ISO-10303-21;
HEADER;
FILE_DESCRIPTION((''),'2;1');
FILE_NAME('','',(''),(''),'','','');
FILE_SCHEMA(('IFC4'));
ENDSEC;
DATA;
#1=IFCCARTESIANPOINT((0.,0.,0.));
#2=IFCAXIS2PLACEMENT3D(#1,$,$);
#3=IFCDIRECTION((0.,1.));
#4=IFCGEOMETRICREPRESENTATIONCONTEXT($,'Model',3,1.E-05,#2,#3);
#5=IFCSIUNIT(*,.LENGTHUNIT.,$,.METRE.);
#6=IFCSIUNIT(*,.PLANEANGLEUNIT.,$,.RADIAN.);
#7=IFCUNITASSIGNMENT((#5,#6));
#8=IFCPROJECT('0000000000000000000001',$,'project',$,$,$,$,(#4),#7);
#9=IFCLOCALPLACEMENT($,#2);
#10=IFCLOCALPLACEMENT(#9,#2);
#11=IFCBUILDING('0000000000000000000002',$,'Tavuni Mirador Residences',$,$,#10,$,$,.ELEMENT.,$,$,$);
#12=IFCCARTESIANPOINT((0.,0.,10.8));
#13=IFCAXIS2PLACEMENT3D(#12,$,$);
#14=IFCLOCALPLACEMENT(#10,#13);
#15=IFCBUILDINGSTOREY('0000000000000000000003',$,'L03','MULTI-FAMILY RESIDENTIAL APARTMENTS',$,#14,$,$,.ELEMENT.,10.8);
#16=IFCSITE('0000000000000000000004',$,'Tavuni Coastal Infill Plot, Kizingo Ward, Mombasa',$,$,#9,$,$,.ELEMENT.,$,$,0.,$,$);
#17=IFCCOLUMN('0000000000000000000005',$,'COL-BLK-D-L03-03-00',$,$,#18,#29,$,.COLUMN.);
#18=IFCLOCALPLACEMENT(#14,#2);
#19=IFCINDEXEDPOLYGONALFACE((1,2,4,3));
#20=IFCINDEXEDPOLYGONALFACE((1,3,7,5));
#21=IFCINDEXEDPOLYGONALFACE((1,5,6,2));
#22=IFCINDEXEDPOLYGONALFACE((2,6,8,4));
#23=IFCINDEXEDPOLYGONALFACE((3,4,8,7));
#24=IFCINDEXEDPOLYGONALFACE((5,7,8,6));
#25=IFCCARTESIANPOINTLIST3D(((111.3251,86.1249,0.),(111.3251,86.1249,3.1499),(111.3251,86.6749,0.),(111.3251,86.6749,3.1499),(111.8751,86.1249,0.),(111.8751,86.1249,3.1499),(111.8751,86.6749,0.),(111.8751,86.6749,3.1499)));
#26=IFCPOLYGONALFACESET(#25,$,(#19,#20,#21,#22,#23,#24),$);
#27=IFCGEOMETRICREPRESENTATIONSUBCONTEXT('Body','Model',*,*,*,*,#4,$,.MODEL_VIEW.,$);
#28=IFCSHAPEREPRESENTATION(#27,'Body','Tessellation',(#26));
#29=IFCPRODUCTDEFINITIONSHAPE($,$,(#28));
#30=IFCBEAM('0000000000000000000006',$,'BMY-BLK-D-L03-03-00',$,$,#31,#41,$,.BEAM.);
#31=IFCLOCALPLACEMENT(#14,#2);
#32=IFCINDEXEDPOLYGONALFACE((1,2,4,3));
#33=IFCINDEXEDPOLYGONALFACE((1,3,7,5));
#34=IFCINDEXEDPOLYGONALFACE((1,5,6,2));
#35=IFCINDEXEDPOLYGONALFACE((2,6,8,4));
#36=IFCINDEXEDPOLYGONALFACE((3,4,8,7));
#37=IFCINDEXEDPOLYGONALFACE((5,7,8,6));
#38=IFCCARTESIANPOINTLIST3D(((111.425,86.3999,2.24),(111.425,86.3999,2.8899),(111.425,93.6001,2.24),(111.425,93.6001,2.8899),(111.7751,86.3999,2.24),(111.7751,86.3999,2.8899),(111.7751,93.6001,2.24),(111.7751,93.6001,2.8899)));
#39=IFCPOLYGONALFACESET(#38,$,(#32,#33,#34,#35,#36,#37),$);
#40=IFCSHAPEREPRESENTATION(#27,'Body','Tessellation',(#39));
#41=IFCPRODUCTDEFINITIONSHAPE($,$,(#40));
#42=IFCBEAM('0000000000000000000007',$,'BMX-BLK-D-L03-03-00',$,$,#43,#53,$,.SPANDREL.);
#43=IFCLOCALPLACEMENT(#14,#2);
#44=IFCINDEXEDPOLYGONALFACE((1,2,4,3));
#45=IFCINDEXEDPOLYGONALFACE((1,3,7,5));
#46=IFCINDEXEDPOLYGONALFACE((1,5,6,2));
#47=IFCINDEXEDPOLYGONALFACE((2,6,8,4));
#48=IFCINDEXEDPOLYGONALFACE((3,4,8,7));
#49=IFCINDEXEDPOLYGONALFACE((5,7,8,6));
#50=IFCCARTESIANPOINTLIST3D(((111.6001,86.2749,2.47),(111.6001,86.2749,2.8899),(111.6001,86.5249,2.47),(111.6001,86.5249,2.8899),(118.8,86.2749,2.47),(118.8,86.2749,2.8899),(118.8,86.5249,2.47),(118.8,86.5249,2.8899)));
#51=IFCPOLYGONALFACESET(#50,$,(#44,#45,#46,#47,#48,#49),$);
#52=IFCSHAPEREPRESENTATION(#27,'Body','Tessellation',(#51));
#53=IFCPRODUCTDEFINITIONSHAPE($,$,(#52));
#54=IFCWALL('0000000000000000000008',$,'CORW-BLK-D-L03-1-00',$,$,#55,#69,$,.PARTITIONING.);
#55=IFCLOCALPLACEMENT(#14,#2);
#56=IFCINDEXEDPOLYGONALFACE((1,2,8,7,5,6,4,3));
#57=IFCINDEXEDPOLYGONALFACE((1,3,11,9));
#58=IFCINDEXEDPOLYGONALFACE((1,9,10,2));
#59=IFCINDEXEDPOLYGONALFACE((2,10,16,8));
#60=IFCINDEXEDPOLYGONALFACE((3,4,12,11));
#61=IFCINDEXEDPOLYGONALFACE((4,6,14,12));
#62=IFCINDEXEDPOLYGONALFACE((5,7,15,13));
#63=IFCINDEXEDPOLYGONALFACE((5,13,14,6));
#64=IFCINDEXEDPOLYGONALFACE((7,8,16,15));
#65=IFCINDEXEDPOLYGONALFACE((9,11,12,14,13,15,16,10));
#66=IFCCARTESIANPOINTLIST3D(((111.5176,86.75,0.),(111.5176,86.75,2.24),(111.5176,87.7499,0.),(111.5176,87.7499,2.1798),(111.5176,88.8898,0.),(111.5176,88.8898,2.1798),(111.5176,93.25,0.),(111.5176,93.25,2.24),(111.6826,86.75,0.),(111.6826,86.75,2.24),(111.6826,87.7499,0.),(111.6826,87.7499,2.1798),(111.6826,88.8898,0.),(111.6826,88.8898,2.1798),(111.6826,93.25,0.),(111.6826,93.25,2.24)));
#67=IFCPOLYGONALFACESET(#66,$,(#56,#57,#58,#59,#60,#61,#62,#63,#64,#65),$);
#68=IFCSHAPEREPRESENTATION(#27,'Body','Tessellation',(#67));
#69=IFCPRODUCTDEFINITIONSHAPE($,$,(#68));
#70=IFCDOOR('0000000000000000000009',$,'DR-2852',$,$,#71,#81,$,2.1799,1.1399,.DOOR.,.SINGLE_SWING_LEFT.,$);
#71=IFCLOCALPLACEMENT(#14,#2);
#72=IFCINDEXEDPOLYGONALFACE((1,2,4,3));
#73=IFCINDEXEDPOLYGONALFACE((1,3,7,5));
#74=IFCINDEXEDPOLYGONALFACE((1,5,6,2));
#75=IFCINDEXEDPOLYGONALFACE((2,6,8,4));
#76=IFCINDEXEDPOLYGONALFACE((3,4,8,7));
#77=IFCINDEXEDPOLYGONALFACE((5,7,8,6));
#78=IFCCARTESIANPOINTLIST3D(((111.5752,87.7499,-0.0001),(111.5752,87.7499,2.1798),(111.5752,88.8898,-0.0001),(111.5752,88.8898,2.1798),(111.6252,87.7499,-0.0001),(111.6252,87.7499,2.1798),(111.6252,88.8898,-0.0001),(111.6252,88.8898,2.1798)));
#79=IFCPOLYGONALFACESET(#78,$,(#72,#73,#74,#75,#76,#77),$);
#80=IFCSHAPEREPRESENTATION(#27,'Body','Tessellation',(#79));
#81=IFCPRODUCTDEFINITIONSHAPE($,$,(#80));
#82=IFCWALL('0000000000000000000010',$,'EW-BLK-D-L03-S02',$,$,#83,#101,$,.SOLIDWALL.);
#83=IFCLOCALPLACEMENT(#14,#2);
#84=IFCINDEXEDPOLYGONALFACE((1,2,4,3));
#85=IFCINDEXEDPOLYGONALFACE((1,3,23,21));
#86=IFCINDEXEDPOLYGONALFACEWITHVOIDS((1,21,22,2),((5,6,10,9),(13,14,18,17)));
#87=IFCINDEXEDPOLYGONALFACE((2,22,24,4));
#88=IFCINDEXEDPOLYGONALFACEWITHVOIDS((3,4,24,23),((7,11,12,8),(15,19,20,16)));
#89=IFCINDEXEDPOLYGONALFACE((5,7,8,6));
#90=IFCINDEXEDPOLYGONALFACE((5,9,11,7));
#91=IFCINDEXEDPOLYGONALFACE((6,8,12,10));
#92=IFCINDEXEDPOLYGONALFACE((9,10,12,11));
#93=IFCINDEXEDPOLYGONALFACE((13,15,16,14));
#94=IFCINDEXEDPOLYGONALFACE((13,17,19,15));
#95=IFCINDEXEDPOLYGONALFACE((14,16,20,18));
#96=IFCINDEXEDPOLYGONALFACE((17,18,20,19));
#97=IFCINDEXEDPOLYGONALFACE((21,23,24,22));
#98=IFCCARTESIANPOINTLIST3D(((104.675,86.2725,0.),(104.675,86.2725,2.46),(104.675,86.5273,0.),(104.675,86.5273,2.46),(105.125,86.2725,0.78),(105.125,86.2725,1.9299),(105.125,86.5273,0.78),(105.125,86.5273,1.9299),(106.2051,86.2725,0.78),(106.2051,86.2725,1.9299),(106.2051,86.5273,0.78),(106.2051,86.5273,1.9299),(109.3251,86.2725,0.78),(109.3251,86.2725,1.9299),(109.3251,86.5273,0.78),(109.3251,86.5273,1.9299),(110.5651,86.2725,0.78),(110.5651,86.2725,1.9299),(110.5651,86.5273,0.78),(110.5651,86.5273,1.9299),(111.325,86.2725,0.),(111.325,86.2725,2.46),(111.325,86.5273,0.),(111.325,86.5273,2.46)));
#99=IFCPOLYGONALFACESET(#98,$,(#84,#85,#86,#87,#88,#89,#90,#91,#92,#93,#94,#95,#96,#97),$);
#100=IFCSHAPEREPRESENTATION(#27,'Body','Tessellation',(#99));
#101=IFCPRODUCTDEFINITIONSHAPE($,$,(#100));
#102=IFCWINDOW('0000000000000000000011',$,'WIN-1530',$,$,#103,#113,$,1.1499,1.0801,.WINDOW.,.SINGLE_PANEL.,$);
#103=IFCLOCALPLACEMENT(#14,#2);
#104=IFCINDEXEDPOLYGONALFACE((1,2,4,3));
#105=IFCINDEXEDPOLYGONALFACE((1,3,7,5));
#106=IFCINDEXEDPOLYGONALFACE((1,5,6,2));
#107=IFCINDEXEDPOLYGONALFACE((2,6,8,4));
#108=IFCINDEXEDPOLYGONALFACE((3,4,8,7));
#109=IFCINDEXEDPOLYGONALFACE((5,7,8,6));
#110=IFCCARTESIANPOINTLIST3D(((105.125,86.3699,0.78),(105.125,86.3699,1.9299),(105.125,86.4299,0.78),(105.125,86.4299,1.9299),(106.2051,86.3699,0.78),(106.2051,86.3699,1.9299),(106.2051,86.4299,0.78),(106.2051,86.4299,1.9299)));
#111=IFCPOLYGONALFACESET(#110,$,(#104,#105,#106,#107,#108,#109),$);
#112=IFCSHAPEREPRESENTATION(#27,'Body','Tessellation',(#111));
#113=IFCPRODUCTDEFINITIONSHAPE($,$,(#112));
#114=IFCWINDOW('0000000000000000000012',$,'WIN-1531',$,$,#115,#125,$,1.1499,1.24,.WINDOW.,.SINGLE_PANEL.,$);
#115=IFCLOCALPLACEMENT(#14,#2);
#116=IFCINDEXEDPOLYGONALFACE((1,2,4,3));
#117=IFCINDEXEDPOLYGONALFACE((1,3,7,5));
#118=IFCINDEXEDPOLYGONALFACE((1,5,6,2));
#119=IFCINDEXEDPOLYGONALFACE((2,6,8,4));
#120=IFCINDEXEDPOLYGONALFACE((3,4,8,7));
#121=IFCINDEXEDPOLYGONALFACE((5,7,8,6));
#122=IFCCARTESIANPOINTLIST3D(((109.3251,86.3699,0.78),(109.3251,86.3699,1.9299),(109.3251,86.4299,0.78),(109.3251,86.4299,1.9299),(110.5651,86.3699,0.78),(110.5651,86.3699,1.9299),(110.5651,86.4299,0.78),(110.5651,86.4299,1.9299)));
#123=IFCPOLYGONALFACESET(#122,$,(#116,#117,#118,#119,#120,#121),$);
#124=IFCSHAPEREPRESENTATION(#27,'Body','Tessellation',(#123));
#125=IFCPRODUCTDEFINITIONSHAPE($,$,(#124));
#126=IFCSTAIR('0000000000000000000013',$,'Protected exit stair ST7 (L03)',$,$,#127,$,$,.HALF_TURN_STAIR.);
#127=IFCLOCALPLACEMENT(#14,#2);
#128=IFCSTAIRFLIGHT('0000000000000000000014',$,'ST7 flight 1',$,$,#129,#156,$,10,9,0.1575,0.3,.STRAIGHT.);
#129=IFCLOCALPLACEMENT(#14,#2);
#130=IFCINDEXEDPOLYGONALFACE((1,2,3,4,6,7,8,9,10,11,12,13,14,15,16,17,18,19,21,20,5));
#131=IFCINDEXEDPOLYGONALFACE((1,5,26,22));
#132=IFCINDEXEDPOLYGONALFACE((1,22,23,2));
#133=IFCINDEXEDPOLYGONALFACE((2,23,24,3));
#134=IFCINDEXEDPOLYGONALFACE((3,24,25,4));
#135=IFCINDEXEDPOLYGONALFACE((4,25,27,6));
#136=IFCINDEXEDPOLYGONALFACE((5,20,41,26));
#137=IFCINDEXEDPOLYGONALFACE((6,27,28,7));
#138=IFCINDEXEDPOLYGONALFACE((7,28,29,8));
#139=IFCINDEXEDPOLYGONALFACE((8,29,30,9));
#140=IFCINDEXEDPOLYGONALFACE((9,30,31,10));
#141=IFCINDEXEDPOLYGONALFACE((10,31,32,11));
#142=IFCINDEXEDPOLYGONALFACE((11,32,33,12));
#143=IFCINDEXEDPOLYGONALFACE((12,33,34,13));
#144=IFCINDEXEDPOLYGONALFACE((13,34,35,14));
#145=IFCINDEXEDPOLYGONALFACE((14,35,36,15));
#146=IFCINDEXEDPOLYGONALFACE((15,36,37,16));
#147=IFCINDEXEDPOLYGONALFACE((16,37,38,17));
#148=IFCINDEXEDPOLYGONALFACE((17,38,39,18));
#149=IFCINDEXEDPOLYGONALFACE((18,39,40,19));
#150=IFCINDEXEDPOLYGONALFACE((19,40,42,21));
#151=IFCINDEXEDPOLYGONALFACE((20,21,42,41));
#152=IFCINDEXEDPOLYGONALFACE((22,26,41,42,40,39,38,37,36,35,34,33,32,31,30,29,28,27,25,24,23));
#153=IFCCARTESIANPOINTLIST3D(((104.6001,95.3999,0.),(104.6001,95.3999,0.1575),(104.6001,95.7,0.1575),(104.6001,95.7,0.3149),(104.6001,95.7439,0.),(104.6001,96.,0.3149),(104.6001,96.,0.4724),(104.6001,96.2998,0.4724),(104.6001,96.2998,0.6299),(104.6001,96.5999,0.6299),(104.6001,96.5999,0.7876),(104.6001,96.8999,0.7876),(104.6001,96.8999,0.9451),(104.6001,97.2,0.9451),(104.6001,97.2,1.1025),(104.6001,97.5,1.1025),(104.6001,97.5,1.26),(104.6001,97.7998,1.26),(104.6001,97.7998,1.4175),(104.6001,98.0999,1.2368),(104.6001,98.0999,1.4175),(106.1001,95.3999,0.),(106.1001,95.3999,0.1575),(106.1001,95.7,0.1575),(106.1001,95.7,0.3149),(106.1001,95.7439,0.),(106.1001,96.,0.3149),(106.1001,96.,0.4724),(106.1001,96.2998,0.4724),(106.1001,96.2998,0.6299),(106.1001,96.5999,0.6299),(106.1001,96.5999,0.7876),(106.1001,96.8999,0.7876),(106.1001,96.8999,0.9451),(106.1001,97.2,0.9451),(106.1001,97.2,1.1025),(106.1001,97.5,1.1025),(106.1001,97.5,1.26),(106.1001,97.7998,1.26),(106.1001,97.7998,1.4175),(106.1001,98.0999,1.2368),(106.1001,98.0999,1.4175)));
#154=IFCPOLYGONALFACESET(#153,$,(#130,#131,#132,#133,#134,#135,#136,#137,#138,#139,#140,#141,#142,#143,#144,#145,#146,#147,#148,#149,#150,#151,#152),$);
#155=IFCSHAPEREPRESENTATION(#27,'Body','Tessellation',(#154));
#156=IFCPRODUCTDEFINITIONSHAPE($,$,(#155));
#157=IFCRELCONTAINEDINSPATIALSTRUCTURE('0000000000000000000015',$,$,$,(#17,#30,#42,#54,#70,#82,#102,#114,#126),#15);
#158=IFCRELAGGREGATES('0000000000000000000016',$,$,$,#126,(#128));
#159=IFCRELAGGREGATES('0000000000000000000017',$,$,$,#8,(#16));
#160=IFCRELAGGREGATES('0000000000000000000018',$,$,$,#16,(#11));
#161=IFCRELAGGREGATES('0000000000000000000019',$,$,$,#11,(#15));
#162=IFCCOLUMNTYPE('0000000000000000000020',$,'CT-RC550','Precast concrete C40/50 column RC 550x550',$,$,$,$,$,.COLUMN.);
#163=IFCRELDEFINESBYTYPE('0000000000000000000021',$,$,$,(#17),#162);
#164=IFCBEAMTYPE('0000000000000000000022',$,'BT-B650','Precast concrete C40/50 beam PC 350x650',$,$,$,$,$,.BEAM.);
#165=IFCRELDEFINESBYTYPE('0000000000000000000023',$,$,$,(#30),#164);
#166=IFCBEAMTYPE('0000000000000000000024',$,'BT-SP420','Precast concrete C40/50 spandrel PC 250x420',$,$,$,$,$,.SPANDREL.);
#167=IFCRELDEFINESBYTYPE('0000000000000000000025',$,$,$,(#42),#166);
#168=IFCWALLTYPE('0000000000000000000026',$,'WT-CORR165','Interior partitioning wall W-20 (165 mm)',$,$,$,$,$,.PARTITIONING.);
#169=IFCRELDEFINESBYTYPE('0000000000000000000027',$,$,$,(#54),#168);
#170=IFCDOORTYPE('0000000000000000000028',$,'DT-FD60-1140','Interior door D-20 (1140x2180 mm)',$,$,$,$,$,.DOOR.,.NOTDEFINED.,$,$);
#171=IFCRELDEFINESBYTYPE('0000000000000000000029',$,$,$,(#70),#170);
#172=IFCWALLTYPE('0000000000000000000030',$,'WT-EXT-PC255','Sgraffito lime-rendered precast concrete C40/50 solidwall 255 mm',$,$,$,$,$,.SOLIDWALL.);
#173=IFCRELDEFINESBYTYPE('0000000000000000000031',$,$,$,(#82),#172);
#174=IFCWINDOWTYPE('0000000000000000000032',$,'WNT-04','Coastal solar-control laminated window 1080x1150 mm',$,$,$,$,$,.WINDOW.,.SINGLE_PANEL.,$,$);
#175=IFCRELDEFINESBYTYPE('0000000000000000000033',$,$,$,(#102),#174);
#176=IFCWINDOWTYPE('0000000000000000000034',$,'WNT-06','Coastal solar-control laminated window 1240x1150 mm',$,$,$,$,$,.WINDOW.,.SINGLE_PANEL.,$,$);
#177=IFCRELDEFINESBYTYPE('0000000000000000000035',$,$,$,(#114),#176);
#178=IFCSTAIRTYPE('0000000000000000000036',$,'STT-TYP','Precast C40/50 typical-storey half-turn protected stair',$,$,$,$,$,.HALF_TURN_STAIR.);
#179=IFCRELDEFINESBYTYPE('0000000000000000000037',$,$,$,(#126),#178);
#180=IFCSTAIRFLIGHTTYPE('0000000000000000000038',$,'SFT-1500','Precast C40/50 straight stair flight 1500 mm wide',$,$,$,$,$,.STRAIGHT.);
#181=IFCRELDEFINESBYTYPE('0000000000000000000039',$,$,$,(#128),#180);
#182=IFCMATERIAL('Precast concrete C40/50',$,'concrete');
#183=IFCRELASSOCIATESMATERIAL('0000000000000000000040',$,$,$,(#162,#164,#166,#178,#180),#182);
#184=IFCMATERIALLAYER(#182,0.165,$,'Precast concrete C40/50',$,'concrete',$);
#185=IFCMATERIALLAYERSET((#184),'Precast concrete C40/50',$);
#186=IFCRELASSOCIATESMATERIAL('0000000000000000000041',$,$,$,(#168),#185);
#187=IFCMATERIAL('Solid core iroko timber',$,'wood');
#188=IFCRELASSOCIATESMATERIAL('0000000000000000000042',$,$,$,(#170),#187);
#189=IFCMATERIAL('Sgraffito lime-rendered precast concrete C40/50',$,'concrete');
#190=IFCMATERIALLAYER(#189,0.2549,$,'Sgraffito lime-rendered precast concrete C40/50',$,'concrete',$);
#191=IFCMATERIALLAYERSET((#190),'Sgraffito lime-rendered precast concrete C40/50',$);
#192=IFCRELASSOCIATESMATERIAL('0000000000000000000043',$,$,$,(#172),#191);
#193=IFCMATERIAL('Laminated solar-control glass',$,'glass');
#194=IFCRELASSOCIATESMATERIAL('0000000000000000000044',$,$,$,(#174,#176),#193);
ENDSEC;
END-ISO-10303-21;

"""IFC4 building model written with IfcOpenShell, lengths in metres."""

from ifc_helpers import new_model, si_unit, direction, frame, frame_2d, origin, origin_2d, place, context, subcontext, project, spatial, polyline, rectangle, outline, extrude, material, layer, layer_set, material_profile, profile_set, type_object, element, fill, aggregate, save


model = new_model("IFC4")

# Units and contexts
model_context = context("Model", 3, precision=1e-05, world=origin(), true_north=direction((0.0, 1.0)))
body_context = subcontext(model_context, "Body", "Model", "MODEL_VIEW")
ifc_project = project(units=[si_unit("LENGTHUNIT", "METRE"), si_unit("PLANEANGLEUNIT", "RADIAN")], contexts=[model_context])

# Site, building, storey
site_placement = place(None, origin())
site = spatial("IfcSite", under=ifc_project, at=site_placement, Name="Tavuni Coastal Infill Plot, Kizingo Ward, Mombasa", CompositionType="ELEMENT", RefElevation=0.0)
building_placement = place(site_placement, origin())
building = spatial("IfcBuilding", under=site, at=building_placement, Name="Tavuni Mirador Residences", CompositionType="ELEMENT")
storey_placement = place(building_placement, frame((0.0, 0.0, 10.8)))
storey = spatial("IfcBuildingStorey", under=building, at=storey_placement, Name="L03", Description="MULTI-FAMILY RESIDENTIAL APARTMENTS", CompositionType="ELEMENT", Elevation=10.8)

# Column
ifc_material_1 = material(Name="Precast concrete C40/50", Category="concrete")
ifc_material_profile_1 = material_profile(ifc_material_1, rectangle(XDim=0.55, YDim=0.55, at=origin_2d()), Name="RC 550x550", Category="concrete")
ifc_profile_set_1 = profile_set([ifc_material_profile_1], Name="Precast concrete C40/50")
column_type = type_object("IfcColumnType", Name="CT-RC550", Description="Precast concrete C40/50 column RC 550x550", PredefinedType="COLUMN", material=ifc_profile_set_1)
column_placement = place(storey_placement, frame((111.6001, 86.3999, 0.0), z_axis=(0.0, 0.0, 1.0), x_axis=(1.0, 0.0, 0.0)))
element("IfcColumn", 1, at=column_placement, inside=storey, type_object=column_type, Name="COL-BLK-D-L03-03-00", PredefinedType="COLUMN", context=body_context, shape_type="SweptSolid", body=[
    extrude(rectangle(XDim=0.55, YDim=0.55, at=origin_2d()), origin(), (0.0, 0.0, 1.0), 3.1499),
])

# Beams
ifc_material_profile_2 = material_profile(ifc_material_1, rectangle(XDim=0.3501, YDim=0.6499, at=origin_2d()), Name="PC 350x650", Category="concrete")
ifc_profile_set_2 = profile_set([ifc_material_profile_2], Name="Precast concrete C40/50")
beam_type_1 = type_object("IfcBeamType", Name="BT-B650", Description="Precast concrete C40/50 beam PC 350x650", PredefinedType="BEAM", material=ifc_profile_set_2)
beam_1_placement = place(storey_placement, frame((111.6001, 86.3999, 2.5649), z_axis=(0.0, 1.0, 0.0), x_axis=(-1.0, 0.0, 0.0)))
element("IfcBeam", 2, at=beam_1_placement, inside=storey, type_object=beam_type_1, Name="BMY-BLK-D-L03-03-00", PredefinedType="BEAM", context=body_context, shape_type="SweptSolid", body=[
    extrude(rectangle(XDim=0.3501, YDim=0.6499, at=origin_2d()), origin(), (0.0, 0.0, 1.0), 7.2002),
])
ifc_material_profile_3 = material_profile(ifc_material_1, rectangle(XDim=0.25, YDim=0.4199, at=origin_2d()), Name="PC 250x420", Category="concrete")
ifc_profile_set_3 = profile_set([ifc_material_profile_3], Name="Precast concrete C40/50")
beam_type_2 = type_object("IfcBeamType", Name="BT-SP420", Description="Precast concrete C40/50 spandrel PC 250x420", PredefinedType="SPANDREL", material=ifc_profile_set_3)
beam_2_placement = place(storey_placement, frame((111.6001, 86.3999, 2.6799), z_axis=(1.0, 0.0, 0.0), x_axis=(0.0, 1.0, 0.0)))
element("IfcBeam", 3, at=beam_2_placement, inside=storey, type_object=beam_type_2, Name="BMX-BLK-D-L03-03-00", PredefinedType="SPANDREL", context=body_context, shape_type="SweptSolid", body=[
    extrude(rectangle(XDim=0.25, YDim=0.4199, at=origin_2d()), origin(), (0.0, 0.0, 1.0), 7.2),
])

# Wall, opening, door
ifc_material_2 = material(Name="Solid core iroko timber", Category="wood")
ifc_layer_1 = layer(ifc_material_1, 0.165, Name="Precast concrete C40/50", Category="concrete")
ifc_layer_set_1 = layer_set([ifc_layer_1], Name="Precast concrete C40/50")
wall_type_1 = type_object("IfcWallType", Name="WT-CORR165", Description="Interior partitioning wall W-20 (165 mm)", PredefinedType="PARTITIONING", material=ifc_layer_set_1)
wall_1_placement = place(storey_placement, frame((111.6001, 86.75, 0.0), z_axis=(0.0, 0.0, 1.0), x_axis=(0.0, 1.0, 0.0)))
wall_1 = element("IfcWall", 4, at=wall_1_placement, inside=storey, type_object=wall_type_1, Name="CORW-BLK-D-L03-1-00", PredefinedType="PARTITIONING", context=body_context, shape_type="SweptSolid", body=[
    extrude(rectangle(XDim=6.5, YDim=0.165, at=frame_2d((3.25, 0.0))), origin(), (0.0, 0.0, 1.0), 2.24),
])
opening_1_placement = place(wall_1_placement, frame((1.0, 0.0, 0.0)))
opening_1 = element("IfcOpeningElement", 5, at=opening_1_placement, cuts=wall_1, PredefinedType="OPENING", context=body_context, shape_type="SweptSolid", body=[
    extrude(rectangle(XDim=1.1399, YDim=2.1799, at=frame_2d((0.5698, 1.0898))), frame((0.0, 0.0925, 0.0), z_axis=(0.0, -1.0, 0.0), x_axis=(1.0, 0.0, 0.0)), (0.0, 0.0, 1.0), 0.1851),
])
door_type_1 = type_object("IfcDoorType", Name="DT-FD60-1140", Description="Interior door D-20 (1140x2180 mm)", OperationType="NOTDEFINED", PredefinedType="DOOR", material=ifc_material_2)
door_1_placement = place(opening_1_placement, origin())
door_1 = element("IfcDoor", 6, at=door_1_placement, inside=storey, type_object=door_type_1, Name="DR-2852", OperationType="SINGLE_SWING_LEFT", OverallHeight=2.1799, OverallWidth=1.1399, PredefinedType="DOOR", context=body_context, shape_type="SweptSolid", body=[
    extrude(rectangle(XDim=1.1399, YDim=2.1799, at=frame_2d((0.5698, 1.0898))), frame((0.0, 0.0249, 0.0), z_axis=(0.0, -1.0, 0.0), x_axis=(1.0, 0.0, 0.0)), (0.0, 0.0, 1.0), 0.05),
])
fill(opening_1, door_1)

# Wall, openings, windows
ifc_material_3 = material(Name="Sgraffito lime-rendered precast concrete C40/50", Category="concrete")
ifc_layer_2 = layer(ifc_material_3, 0.2549, Name="Sgraffito lime-rendered precast concrete C40/50", Category="concrete")
ifc_layer_set_2 = layer_set([ifc_layer_2], Name="Sgraffito lime-rendered precast concrete C40/50")
wall_type_2 = type_object("IfcWallType", Name="WT-EXT-PC255", Description="Sgraffito lime-rendered precast concrete C40/50 solidwall 255 mm", PredefinedType="SOLIDWALL", material=ifc_layer_set_2)
wall_2_placement = place(storey_placement, frame((104.675, 86.3999, 0.0), z_axis=(0.0, 0.0, 1.0), x_axis=(1.0, 0.0, 0.0)))
wall_2 = element("IfcWall", 7, at=wall_2_placement, inside=storey, type_object=wall_type_2, Name="EW-BLK-D-L03-S02", PredefinedType="SOLIDWALL", context=body_context, shape_type="SweptSolid", body=[
    extrude(rectangle(XDim=6.6499, YDim=0.2549, at=frame_2d((3.325, 0.0))), origin(), (0.0, 0.0, 1.0), 2.46),
])
opening_2_placement = place(wall_2_placement, frame((0.45, 0.0, 0.78)))
opening_2 = element("IfcOpeningElement", 8, at=opening_2_placement, cuts=wall_2, PredefinedType="OPENING", context=body_context, shape_type="SweptSolid", body=[
    extrude(rectangle(XDim=1.0801, YDim=1.1499, at=frame_2d((0.54, 0.575))), frame((0.0, 0.1375, 0.0), z_axis=(0.0, -1.0, 0.0), x_axis=(1.0, 0.0, 0.0)), (0.0, 0.0, 1.0), 0.2749),
])
opening_3_placement = place(wall_2_placement, frame((4.6499, 0.0, 0.78)))
opening_3 = element("IfcOpeningElement", 9, at=opening_3_placement, cuts=wall_2, PredefinedType="OPENING", context=body_context, shape_type="SweptSolid", body=[
    extrude(rectangle(XDim=1.24, YDim=1.1499, at=frame_2d((0.6201, 0.575))), frame((0.0, 0.1375, 0.0), z_axis=(0.0, -1.0, 0.0), x_axis=(1.0, 0.0, 0.0)), (0.0, 0.0, 1.0), 0.2749),
])
ifc_material_4 = material(Name="Laminated solar-control glass", Category="glass")
window_type_1 = type_object("IfcWindowType", Name="WNT-04", Description="Coastal solar-control laminated window 1080x1150 mm", PartitioningType="SINGLE_PANEL", PredefinedType="WINDOW", material=ifc_material_4)
window_1_placement = place(opening_2_placement, origin())
window_1 = element("IfcWindow", 10, at=window_1_placement, inside=storey, type_object=window_type_1, Name="WIN-1530", OverallHeight=1.1499, OverallWidth=1.0801, PartitioningType="SINGLE_PANEL", PredefinedType="WINDOW", context=body_context, shape_type="SweptSolid", body=[
    extrude(rectangle(XDim=1.0801, YDim=1.1499, at=frame_2d((0.54, 0.575))), frame((0.0, 0.03, 0.0), z_axis=(0.0, -1.0, 0.0), x_axis=(1.0, 0.0, 0.0)), (0.0, 0.0, 1.0), 0.0601),
])
fill(opening_2, window_1)
window_type_2 = type_object("IfcWindowType", Name="WNT-06", Description="Coastal solar-control laminated window 1240x1150 mm", PartitioningType="SINGLE_PANEL", PredefinedType="WINDOW", material=ifc_material_4)
window_2_placement = place(opening_3_placement, origin())
window_2 = element("IfcWindow", 11, at=window_2_placement, inside=storey, type_object=window_type_2, Name="WIN-1531", OverallHeight=1.1499, OverallWidth=1.24, PartitioningType="SINGLE_PANEL", PredefinedType="WINDOW", context=body_context, shape_type="SweptSolid", body=[
    extrude(rectangle(XDim=1.24, YDim=1.1499, at=frame_2d((0.6201, 0.575))), frame((0.0, 0.03, 0.0), z_axis=(0.0, -1.0, 0.0), x_axis=(1.0, 0.0, 0.0)), (0.0, 0.0, 1.0), 0.0601),
])
fill(opening_3, window_2)

# Stair, stair flight
stair_type = type_object("IfcStairType", Name="STT-TYP", Description="Precast C40/50 typical-storey half-turn protected stair", PredefinedType="HALF_TURN_STAIR", material=ifc_material_1)
stair_placement = place(storey_placement, origin())
stair = element("IfcStair", 12, at=stair_placement, inside=storey, type_object=stair_type, Name="Protected exit stair ST7 (L03)", PredefinedType="HALF_TURN_STAIR")
stair_flight_type = type_object("IfcStairFlightType", Name="SFT-1500", Description="Precast C40/50 straight stair flight 1500 mm wide", PredefinedType="STRAIGHT", material=ifc_material_1)
stair_flight_placement = place(storey_placement, frame((105.3501, 95.3999, 0.0), z_axis=(0.0, 0.0, 1.0), x_axis=(0.0, 1.0, 0.0)))
stair_flight = element("IfcStairFlight", 13, at=stair_flight_placement, type_object=stair_flight_type, Name="ST7 flight 1", NumberOfRisers=10, NumberOfTreads=9, PredefinedType="STRAIGHT", RiserHeight=0.1575, TreadLength=0.3, context=body_context, shape_type="SweptSolid", body=[
    extrude(outline(polyline([(0.0, 0.0), (0.0, 0.1575), (0.3, 0.1575), (0.3, 0.3149), (0.6001, 0.3149), (0.6001, 0.4724), (0.8999, 0.4724), (0.8999, 0.6299), (1.2, 0.6299), (1.2, 0.7876), (1.5, 0.7876), (1.5, 0.9451), (1.8, 0.9451), (1.8, 1.1025), (2.1001, 1.1025), (2.1001, 1.26), (2.3999, 1.26), (2.3999, 1.4175), (2.7, 1.4175), (2.7, 1.575), (2.7, 1.2368), (0.344, 0.0), (0.0, 0.0)])), frame((0.0, 0.75, 0.0), z_axis=(0.0, -1.0, 0.0), x_axis=(1.0, 0.0, 0.0)), (0.0, 0.0, 1.0), 1.5),
])
aggregate(stair, [stair_flight])

save(model, "model.ifc")
